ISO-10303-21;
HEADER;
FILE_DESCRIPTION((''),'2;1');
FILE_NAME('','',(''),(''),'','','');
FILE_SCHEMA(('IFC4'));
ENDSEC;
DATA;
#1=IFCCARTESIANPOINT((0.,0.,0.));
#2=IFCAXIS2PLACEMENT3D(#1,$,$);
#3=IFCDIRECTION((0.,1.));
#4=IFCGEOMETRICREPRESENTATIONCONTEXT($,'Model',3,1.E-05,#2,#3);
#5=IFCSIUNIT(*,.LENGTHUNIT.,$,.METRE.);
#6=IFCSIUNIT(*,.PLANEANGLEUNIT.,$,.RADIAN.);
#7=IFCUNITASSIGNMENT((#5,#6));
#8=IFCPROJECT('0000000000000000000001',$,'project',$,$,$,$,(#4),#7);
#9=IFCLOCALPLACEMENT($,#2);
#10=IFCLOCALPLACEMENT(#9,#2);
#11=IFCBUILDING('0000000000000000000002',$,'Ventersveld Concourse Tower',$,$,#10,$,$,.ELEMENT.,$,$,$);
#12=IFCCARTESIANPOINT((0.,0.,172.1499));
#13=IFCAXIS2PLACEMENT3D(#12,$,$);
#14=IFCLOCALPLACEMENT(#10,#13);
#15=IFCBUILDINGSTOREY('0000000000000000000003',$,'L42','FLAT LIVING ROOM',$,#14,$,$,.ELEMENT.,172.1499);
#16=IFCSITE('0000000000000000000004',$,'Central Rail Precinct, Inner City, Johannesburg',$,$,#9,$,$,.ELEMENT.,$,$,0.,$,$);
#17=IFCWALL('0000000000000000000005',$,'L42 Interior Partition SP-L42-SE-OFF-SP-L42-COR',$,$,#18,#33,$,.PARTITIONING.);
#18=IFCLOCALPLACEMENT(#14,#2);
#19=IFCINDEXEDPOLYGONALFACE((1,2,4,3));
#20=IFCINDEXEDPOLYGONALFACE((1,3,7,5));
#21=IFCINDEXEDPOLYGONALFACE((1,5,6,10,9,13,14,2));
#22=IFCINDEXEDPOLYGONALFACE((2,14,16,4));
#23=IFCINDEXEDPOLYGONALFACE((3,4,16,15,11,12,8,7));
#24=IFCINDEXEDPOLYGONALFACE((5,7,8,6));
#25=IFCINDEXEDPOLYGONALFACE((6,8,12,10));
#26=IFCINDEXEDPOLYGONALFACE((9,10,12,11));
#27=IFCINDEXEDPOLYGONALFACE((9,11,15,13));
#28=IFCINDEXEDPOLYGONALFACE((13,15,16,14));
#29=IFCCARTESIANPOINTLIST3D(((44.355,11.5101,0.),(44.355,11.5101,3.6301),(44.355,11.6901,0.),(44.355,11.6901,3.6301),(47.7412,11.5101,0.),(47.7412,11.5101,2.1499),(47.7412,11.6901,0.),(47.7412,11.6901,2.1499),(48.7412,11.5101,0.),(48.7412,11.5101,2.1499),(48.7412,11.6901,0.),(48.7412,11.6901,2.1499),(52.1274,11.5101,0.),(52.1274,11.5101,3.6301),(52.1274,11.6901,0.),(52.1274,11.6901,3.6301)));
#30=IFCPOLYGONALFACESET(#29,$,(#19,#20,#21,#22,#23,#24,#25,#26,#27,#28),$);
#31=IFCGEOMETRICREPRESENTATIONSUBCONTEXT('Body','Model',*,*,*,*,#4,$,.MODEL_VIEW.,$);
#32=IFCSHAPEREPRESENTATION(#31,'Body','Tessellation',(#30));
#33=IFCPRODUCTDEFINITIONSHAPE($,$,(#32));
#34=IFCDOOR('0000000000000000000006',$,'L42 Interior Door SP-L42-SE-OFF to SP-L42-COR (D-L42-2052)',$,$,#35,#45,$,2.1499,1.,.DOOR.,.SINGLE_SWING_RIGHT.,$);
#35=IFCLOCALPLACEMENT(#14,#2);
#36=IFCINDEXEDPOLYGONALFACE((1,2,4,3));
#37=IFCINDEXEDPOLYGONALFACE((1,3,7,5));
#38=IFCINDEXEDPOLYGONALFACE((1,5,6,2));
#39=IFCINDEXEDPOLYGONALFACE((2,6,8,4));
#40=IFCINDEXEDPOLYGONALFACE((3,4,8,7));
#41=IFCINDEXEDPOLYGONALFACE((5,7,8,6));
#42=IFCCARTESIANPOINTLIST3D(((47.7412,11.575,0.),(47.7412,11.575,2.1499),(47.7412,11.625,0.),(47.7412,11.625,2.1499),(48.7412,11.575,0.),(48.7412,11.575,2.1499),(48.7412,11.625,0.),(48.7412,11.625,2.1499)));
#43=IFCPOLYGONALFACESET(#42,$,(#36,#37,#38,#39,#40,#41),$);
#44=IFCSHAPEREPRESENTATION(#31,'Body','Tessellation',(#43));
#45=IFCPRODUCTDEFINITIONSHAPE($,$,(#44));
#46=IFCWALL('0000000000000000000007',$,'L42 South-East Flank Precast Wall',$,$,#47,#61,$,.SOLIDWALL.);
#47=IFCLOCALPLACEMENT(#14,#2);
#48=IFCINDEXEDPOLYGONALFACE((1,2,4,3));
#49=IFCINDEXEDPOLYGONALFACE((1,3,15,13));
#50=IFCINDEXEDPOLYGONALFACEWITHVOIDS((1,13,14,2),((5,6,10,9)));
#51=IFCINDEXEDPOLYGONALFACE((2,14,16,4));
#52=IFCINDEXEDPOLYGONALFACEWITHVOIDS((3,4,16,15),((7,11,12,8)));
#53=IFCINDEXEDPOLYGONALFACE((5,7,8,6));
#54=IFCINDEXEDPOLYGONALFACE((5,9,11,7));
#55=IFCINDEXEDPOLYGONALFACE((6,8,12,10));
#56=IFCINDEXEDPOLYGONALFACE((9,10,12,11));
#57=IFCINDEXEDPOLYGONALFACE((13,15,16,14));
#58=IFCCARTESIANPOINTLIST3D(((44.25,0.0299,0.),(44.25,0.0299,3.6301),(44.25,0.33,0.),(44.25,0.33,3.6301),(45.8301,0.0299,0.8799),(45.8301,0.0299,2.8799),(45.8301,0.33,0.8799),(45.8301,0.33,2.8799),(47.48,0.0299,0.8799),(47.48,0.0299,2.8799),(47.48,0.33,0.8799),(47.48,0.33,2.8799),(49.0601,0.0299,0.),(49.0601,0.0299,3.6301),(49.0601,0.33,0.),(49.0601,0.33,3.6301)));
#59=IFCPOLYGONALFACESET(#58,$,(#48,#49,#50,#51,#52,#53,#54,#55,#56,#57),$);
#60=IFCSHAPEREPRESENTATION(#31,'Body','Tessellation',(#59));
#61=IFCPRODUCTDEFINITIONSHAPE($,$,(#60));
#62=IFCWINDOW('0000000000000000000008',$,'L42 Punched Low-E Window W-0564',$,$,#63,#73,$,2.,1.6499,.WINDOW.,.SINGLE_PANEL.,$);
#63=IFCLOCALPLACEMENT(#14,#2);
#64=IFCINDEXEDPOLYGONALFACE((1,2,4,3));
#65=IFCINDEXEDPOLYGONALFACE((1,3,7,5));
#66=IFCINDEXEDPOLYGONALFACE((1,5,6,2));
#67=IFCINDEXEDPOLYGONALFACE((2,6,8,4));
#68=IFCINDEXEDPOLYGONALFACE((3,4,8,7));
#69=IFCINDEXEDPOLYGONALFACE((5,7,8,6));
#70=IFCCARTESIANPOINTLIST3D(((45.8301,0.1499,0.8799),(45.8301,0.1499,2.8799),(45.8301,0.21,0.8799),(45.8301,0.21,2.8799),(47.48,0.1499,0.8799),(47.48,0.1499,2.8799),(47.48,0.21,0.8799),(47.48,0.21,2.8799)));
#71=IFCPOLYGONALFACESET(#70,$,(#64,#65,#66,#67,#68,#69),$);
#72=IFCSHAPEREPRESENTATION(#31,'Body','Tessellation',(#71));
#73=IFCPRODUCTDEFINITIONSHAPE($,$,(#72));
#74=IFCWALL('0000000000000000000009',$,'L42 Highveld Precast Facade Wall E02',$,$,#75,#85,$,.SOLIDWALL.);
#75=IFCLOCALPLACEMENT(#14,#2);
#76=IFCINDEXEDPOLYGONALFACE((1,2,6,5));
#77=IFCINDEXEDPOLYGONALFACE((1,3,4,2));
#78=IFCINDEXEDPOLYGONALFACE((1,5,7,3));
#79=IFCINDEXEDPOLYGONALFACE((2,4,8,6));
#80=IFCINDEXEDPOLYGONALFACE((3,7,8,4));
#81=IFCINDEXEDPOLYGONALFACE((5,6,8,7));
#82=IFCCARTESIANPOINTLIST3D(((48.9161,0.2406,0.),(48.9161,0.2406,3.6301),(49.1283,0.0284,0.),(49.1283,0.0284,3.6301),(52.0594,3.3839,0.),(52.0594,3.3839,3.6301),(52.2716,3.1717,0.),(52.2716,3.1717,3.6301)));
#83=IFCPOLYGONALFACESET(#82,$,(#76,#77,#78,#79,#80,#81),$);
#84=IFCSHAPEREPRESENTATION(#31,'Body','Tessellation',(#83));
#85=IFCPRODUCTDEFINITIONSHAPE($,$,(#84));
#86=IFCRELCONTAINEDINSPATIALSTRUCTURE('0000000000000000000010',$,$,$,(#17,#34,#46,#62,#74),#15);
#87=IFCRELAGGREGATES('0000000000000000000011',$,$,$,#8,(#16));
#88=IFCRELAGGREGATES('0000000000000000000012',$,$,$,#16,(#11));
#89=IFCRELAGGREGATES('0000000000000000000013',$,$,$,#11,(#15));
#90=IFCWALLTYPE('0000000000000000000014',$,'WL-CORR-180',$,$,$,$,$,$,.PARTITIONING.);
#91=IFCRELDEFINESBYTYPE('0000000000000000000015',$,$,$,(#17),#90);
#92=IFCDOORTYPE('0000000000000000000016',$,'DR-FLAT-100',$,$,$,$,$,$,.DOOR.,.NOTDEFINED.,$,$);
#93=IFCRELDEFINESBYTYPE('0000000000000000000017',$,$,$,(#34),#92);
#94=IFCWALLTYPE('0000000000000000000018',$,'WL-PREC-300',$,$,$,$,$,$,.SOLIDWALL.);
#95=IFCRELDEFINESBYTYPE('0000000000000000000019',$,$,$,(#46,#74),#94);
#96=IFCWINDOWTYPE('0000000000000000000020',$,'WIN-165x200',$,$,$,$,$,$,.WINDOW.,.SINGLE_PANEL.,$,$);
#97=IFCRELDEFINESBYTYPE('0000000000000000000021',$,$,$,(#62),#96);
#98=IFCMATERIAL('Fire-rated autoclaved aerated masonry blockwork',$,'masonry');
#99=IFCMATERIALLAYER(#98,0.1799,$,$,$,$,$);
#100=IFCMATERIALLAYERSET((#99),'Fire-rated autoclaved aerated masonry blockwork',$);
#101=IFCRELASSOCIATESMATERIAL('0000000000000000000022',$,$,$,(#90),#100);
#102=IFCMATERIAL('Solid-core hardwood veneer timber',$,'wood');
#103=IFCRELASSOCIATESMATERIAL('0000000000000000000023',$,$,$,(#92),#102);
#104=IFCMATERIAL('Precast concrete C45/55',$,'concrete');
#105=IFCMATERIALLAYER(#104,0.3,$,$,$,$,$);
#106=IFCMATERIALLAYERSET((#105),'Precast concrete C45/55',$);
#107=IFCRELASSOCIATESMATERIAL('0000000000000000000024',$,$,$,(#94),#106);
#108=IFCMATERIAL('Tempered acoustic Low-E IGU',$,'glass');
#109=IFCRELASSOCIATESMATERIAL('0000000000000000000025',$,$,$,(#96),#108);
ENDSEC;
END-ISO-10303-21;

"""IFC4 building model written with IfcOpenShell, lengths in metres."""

from ifc_helpers import new_model, si_unit, direction, frame, frame_2d, origin, place, context, subcontext, project, spatial, rectangle, extrude, material, layer, layer_set, type_object, element, fill, save


model = new_model("IFC4")

# Units and contexts
model_context = context("Model", 3, precision=1e-05, world=origin(), true_north=direction((0.0, 1.0)))
body_context = subcontext(model_context, "Body", "Model", "MODEL_VIEW")
ifc_project = project(units=[si_unit("LENGTHUNIT", "METRE"), si_unit("PLANEANGLEUNIT", "RADIAN")], contexts=[model_context])

# Site, building, storey
site_placement = place(None, origin())
site = spatial("IfcSite", under=ifc_project, at=site_placement, Name="Central Rail Precinct, Inner City, Johannesburg", CompositionType="ELEMENT", RefElevation=0.0)
building_placement = place(site_placement, origin())
building = spatial("IfcBuilding", under=site, at=building_placement, Name="Ventersveld Concourse Tower", CompositionType="ELEMENT")
storey_placement = place(building_placement, frame((0.0, 0.0, 172.1499)))
storey = spatial("IfcBuildingStorey", under=building, at=storey_placement, Name="L42", Description="FLAT LIVING ROOM", CompositionType="ELEMENT", Elevation=172.1499)

# Wall, opening, door
ifc_material_1 = material(Name="Fire-rated autoclaved aerated masonry blockwork", Category="masonry")
ifc_layer_1 = layer(ifc_material_1, 0.1799)
ifc_layer_set_1 = layer_set([ifc_layer_1], Name="Fire-rated autoclaved aerated masonry blockwork")
wall_type_1 = type_object("IfcWallType", Name="WL-CORR-180", PredefinedType="PARTITIONING", material=ifc_layer_set_1)
wall_1_placement = place(storey_placement, frame((44.355, 11.6001, 0.0), z_axis=(0.0, 0.0, 1.0), x_axis=(1.0, 0.0, 0.0)))
wall_1 = element("IfcWall", 1, at=wall_1_placement, inside=storey, type_object=wall_type_1, Name="L42 Interior Partition SP-L42-SE-OFF-SP-L42-COR", PredefinedType="PARTITIONING", context=body_context, shape_type="SweptSolid", body=[
    extrude(rectangle(XDim=7.7725, YDim=0.1799, at=frame_2d((3.8862, 0.0))), origin(), (0.0, 0.0, 1.0), 3.6301),
])
opening_1_placement = place(wall_1_placement, frame((3.3862, 0.0, 0.0)))
opening_1 = element("IfcOpeningElement", 2, at=opening_1_placement, cuts=wall_1, PredefinedType="OPENING", context=body_context, shape_type="SweptSolid", body=[
    extrude(rectangle(XDim=1.0, YDim=2.1499, at=frame_2d((0.5, 1.075))), frame((0.0, 0.1001, 0.0), z_axis=(0.0, -1.0, 0.0), x_axis=(1.0, 0.0, 0.0)), (0.0, 0.0, 1.0), 0.2),
])
ifc_material_2 = material(Name="Solid-core hardwood veneer timber", Category="wood")
door_type = type_object("IfcDoorType", Name="DR-FLAT-100", OperationType="NOTDEFINED", PredefinedType="DOOR", material=ifc_material_2)
door_placement = place(opening_1_placement, origin())
door = element("IfcDoor", 3, at=door_placement, inside=storey, type_object=door_type, Name="L42 Interior Door SP-L42-SE-OFF to SP-L42-COR (D-L42-2052)", OperationType="SINGLE_SWING_RIGHT", OverallHeight=2.1499, OverallWidth=1.0, PredefinedType="DOOR", context=body_context, shape_type="SweptSolid", body=[
    extrude(rectangle(XDim=1.0, YDim=2.1499, at=frame_2d((0.5, 1.075))), frame((0.0, 0.0249, 0.0), z_axis=(0.0, -1.0, 0.0), x_axis=(1.0, 0.0, 0.0)), (0.0, 0.0, 1.0), 0.05),
])
fill(opening_1, door)

# Wall, opening, window
ifc_material_3 = material(Name="Precast concrete C45/55", Category="concrete")
ifc_layer_2 = layer(ifc_material_3, 0.3)
ifc_layer_set_2 = layer_set([ifc_layer_2], Name="Precast concrete C45/55")
wall_type_2 = type_object("IfcWallType", Name="WL-PREC-300", PredefinedType="SOLIDWALL", material=ifc_layer_set_2)
wall_2_placement = place(storey_placement, frame((44.25, 0.1799, 0.0), z_axis=(0.0, 0.0, 1.0), x_axis=(1.0, 0.0, 0.0)))
wall_2 = element("IfcWall", 4, at=wall_2_placement, inside=storey, type_object=wall_type_2, Name="L42 South-East Flank Precast Wall", PredefinedType="SOLIDWALL", context=body_context, shape_type="SweptSolid", body=[
    extrude(rectangle(XDim=4.8101, YDim=0.3, at=frame_2d((2.405, 0.0))), origin(), (0.0, 0.0, 1.0), 3.6301),
])
opening_2_placement = place(wall_2_placement, frame((1.5801, 0.0, 0.8799)))
opening_2 = element("IfcOpeningElement", 5, at=opening_2_placement, cuts=wall_2, PredefinedType="OPENING", context=body_context, shape_type="SweptSolid", body=[
    extrude(rectangle(XDim=1.6499, YDim=2.0, at=frame_2d((0.825, 1.0))), frame((0.0, 0.1602, 0.0), z_axis=(0.0, -1.0, 0.0), x_axis=(1.0, 0.0, 0.0)), (0.0, 0.0, 1.0), 0.3201),
])
ifc_material_4 = material(Name="Tempered acoustic Low-E IGU", Category="glass")
window_type_1 = type_object("IfcWindowType", Name="WIN-165x200", PartitioningType="SINGLE_PANEL", PredefinedType="WINDOW", material=ifc_material_4)
window_1_placement = place(opening_2_placement, origin())
window_1 = element("IfcWindow", 6, at=window_1_placement, inside=storey, type_object=window_type_1, Name="L42 Punched Low-E Window W-0564", OverallHeight=2.0, OverallWidth=1.6499, PartitioningType="SINGLE_PANEL", PredefinedType="WINDOW", context=body_context, shape_type="SweptSolid", body=[
    extrude(rectangle(XDim=1.6499, YDim=2.0, at=frame_2d((0.825, 1.0))), frame((0.0, 0.03, 0.0), z_axis=(0.0, -1.0, 0.0), x_axis=(1.0, 0.0, 0.0)), (0.0, 0.0, 1.0), 0.0601),
])
fill(opening_2, window_1)

# Wall
wall_3_placement = place(storey_placement, frame((49.0222, 0.1345, 0.0), z_axis=(0.0, 0.0, 1.0), x_axis=(0.707107, 0.707107, 0.0)))
element("IfcWall", 7, at=wall_3_placement, inside=storey, type_object=wall_type_2, Name="L42 Highveld Precast Facade Wall E02", PredefinedType="SOLIDWALL", context=body_context, shape_type="SweptSolid", body=[
    extrude(rectangle(XDim=4.4453, YDim=0.3, at=frame_2d((2.2227, 0.0))), origin(), (0.0, 0.0, 1.0), 3.6301),
])

save(model, "model.ifc")
